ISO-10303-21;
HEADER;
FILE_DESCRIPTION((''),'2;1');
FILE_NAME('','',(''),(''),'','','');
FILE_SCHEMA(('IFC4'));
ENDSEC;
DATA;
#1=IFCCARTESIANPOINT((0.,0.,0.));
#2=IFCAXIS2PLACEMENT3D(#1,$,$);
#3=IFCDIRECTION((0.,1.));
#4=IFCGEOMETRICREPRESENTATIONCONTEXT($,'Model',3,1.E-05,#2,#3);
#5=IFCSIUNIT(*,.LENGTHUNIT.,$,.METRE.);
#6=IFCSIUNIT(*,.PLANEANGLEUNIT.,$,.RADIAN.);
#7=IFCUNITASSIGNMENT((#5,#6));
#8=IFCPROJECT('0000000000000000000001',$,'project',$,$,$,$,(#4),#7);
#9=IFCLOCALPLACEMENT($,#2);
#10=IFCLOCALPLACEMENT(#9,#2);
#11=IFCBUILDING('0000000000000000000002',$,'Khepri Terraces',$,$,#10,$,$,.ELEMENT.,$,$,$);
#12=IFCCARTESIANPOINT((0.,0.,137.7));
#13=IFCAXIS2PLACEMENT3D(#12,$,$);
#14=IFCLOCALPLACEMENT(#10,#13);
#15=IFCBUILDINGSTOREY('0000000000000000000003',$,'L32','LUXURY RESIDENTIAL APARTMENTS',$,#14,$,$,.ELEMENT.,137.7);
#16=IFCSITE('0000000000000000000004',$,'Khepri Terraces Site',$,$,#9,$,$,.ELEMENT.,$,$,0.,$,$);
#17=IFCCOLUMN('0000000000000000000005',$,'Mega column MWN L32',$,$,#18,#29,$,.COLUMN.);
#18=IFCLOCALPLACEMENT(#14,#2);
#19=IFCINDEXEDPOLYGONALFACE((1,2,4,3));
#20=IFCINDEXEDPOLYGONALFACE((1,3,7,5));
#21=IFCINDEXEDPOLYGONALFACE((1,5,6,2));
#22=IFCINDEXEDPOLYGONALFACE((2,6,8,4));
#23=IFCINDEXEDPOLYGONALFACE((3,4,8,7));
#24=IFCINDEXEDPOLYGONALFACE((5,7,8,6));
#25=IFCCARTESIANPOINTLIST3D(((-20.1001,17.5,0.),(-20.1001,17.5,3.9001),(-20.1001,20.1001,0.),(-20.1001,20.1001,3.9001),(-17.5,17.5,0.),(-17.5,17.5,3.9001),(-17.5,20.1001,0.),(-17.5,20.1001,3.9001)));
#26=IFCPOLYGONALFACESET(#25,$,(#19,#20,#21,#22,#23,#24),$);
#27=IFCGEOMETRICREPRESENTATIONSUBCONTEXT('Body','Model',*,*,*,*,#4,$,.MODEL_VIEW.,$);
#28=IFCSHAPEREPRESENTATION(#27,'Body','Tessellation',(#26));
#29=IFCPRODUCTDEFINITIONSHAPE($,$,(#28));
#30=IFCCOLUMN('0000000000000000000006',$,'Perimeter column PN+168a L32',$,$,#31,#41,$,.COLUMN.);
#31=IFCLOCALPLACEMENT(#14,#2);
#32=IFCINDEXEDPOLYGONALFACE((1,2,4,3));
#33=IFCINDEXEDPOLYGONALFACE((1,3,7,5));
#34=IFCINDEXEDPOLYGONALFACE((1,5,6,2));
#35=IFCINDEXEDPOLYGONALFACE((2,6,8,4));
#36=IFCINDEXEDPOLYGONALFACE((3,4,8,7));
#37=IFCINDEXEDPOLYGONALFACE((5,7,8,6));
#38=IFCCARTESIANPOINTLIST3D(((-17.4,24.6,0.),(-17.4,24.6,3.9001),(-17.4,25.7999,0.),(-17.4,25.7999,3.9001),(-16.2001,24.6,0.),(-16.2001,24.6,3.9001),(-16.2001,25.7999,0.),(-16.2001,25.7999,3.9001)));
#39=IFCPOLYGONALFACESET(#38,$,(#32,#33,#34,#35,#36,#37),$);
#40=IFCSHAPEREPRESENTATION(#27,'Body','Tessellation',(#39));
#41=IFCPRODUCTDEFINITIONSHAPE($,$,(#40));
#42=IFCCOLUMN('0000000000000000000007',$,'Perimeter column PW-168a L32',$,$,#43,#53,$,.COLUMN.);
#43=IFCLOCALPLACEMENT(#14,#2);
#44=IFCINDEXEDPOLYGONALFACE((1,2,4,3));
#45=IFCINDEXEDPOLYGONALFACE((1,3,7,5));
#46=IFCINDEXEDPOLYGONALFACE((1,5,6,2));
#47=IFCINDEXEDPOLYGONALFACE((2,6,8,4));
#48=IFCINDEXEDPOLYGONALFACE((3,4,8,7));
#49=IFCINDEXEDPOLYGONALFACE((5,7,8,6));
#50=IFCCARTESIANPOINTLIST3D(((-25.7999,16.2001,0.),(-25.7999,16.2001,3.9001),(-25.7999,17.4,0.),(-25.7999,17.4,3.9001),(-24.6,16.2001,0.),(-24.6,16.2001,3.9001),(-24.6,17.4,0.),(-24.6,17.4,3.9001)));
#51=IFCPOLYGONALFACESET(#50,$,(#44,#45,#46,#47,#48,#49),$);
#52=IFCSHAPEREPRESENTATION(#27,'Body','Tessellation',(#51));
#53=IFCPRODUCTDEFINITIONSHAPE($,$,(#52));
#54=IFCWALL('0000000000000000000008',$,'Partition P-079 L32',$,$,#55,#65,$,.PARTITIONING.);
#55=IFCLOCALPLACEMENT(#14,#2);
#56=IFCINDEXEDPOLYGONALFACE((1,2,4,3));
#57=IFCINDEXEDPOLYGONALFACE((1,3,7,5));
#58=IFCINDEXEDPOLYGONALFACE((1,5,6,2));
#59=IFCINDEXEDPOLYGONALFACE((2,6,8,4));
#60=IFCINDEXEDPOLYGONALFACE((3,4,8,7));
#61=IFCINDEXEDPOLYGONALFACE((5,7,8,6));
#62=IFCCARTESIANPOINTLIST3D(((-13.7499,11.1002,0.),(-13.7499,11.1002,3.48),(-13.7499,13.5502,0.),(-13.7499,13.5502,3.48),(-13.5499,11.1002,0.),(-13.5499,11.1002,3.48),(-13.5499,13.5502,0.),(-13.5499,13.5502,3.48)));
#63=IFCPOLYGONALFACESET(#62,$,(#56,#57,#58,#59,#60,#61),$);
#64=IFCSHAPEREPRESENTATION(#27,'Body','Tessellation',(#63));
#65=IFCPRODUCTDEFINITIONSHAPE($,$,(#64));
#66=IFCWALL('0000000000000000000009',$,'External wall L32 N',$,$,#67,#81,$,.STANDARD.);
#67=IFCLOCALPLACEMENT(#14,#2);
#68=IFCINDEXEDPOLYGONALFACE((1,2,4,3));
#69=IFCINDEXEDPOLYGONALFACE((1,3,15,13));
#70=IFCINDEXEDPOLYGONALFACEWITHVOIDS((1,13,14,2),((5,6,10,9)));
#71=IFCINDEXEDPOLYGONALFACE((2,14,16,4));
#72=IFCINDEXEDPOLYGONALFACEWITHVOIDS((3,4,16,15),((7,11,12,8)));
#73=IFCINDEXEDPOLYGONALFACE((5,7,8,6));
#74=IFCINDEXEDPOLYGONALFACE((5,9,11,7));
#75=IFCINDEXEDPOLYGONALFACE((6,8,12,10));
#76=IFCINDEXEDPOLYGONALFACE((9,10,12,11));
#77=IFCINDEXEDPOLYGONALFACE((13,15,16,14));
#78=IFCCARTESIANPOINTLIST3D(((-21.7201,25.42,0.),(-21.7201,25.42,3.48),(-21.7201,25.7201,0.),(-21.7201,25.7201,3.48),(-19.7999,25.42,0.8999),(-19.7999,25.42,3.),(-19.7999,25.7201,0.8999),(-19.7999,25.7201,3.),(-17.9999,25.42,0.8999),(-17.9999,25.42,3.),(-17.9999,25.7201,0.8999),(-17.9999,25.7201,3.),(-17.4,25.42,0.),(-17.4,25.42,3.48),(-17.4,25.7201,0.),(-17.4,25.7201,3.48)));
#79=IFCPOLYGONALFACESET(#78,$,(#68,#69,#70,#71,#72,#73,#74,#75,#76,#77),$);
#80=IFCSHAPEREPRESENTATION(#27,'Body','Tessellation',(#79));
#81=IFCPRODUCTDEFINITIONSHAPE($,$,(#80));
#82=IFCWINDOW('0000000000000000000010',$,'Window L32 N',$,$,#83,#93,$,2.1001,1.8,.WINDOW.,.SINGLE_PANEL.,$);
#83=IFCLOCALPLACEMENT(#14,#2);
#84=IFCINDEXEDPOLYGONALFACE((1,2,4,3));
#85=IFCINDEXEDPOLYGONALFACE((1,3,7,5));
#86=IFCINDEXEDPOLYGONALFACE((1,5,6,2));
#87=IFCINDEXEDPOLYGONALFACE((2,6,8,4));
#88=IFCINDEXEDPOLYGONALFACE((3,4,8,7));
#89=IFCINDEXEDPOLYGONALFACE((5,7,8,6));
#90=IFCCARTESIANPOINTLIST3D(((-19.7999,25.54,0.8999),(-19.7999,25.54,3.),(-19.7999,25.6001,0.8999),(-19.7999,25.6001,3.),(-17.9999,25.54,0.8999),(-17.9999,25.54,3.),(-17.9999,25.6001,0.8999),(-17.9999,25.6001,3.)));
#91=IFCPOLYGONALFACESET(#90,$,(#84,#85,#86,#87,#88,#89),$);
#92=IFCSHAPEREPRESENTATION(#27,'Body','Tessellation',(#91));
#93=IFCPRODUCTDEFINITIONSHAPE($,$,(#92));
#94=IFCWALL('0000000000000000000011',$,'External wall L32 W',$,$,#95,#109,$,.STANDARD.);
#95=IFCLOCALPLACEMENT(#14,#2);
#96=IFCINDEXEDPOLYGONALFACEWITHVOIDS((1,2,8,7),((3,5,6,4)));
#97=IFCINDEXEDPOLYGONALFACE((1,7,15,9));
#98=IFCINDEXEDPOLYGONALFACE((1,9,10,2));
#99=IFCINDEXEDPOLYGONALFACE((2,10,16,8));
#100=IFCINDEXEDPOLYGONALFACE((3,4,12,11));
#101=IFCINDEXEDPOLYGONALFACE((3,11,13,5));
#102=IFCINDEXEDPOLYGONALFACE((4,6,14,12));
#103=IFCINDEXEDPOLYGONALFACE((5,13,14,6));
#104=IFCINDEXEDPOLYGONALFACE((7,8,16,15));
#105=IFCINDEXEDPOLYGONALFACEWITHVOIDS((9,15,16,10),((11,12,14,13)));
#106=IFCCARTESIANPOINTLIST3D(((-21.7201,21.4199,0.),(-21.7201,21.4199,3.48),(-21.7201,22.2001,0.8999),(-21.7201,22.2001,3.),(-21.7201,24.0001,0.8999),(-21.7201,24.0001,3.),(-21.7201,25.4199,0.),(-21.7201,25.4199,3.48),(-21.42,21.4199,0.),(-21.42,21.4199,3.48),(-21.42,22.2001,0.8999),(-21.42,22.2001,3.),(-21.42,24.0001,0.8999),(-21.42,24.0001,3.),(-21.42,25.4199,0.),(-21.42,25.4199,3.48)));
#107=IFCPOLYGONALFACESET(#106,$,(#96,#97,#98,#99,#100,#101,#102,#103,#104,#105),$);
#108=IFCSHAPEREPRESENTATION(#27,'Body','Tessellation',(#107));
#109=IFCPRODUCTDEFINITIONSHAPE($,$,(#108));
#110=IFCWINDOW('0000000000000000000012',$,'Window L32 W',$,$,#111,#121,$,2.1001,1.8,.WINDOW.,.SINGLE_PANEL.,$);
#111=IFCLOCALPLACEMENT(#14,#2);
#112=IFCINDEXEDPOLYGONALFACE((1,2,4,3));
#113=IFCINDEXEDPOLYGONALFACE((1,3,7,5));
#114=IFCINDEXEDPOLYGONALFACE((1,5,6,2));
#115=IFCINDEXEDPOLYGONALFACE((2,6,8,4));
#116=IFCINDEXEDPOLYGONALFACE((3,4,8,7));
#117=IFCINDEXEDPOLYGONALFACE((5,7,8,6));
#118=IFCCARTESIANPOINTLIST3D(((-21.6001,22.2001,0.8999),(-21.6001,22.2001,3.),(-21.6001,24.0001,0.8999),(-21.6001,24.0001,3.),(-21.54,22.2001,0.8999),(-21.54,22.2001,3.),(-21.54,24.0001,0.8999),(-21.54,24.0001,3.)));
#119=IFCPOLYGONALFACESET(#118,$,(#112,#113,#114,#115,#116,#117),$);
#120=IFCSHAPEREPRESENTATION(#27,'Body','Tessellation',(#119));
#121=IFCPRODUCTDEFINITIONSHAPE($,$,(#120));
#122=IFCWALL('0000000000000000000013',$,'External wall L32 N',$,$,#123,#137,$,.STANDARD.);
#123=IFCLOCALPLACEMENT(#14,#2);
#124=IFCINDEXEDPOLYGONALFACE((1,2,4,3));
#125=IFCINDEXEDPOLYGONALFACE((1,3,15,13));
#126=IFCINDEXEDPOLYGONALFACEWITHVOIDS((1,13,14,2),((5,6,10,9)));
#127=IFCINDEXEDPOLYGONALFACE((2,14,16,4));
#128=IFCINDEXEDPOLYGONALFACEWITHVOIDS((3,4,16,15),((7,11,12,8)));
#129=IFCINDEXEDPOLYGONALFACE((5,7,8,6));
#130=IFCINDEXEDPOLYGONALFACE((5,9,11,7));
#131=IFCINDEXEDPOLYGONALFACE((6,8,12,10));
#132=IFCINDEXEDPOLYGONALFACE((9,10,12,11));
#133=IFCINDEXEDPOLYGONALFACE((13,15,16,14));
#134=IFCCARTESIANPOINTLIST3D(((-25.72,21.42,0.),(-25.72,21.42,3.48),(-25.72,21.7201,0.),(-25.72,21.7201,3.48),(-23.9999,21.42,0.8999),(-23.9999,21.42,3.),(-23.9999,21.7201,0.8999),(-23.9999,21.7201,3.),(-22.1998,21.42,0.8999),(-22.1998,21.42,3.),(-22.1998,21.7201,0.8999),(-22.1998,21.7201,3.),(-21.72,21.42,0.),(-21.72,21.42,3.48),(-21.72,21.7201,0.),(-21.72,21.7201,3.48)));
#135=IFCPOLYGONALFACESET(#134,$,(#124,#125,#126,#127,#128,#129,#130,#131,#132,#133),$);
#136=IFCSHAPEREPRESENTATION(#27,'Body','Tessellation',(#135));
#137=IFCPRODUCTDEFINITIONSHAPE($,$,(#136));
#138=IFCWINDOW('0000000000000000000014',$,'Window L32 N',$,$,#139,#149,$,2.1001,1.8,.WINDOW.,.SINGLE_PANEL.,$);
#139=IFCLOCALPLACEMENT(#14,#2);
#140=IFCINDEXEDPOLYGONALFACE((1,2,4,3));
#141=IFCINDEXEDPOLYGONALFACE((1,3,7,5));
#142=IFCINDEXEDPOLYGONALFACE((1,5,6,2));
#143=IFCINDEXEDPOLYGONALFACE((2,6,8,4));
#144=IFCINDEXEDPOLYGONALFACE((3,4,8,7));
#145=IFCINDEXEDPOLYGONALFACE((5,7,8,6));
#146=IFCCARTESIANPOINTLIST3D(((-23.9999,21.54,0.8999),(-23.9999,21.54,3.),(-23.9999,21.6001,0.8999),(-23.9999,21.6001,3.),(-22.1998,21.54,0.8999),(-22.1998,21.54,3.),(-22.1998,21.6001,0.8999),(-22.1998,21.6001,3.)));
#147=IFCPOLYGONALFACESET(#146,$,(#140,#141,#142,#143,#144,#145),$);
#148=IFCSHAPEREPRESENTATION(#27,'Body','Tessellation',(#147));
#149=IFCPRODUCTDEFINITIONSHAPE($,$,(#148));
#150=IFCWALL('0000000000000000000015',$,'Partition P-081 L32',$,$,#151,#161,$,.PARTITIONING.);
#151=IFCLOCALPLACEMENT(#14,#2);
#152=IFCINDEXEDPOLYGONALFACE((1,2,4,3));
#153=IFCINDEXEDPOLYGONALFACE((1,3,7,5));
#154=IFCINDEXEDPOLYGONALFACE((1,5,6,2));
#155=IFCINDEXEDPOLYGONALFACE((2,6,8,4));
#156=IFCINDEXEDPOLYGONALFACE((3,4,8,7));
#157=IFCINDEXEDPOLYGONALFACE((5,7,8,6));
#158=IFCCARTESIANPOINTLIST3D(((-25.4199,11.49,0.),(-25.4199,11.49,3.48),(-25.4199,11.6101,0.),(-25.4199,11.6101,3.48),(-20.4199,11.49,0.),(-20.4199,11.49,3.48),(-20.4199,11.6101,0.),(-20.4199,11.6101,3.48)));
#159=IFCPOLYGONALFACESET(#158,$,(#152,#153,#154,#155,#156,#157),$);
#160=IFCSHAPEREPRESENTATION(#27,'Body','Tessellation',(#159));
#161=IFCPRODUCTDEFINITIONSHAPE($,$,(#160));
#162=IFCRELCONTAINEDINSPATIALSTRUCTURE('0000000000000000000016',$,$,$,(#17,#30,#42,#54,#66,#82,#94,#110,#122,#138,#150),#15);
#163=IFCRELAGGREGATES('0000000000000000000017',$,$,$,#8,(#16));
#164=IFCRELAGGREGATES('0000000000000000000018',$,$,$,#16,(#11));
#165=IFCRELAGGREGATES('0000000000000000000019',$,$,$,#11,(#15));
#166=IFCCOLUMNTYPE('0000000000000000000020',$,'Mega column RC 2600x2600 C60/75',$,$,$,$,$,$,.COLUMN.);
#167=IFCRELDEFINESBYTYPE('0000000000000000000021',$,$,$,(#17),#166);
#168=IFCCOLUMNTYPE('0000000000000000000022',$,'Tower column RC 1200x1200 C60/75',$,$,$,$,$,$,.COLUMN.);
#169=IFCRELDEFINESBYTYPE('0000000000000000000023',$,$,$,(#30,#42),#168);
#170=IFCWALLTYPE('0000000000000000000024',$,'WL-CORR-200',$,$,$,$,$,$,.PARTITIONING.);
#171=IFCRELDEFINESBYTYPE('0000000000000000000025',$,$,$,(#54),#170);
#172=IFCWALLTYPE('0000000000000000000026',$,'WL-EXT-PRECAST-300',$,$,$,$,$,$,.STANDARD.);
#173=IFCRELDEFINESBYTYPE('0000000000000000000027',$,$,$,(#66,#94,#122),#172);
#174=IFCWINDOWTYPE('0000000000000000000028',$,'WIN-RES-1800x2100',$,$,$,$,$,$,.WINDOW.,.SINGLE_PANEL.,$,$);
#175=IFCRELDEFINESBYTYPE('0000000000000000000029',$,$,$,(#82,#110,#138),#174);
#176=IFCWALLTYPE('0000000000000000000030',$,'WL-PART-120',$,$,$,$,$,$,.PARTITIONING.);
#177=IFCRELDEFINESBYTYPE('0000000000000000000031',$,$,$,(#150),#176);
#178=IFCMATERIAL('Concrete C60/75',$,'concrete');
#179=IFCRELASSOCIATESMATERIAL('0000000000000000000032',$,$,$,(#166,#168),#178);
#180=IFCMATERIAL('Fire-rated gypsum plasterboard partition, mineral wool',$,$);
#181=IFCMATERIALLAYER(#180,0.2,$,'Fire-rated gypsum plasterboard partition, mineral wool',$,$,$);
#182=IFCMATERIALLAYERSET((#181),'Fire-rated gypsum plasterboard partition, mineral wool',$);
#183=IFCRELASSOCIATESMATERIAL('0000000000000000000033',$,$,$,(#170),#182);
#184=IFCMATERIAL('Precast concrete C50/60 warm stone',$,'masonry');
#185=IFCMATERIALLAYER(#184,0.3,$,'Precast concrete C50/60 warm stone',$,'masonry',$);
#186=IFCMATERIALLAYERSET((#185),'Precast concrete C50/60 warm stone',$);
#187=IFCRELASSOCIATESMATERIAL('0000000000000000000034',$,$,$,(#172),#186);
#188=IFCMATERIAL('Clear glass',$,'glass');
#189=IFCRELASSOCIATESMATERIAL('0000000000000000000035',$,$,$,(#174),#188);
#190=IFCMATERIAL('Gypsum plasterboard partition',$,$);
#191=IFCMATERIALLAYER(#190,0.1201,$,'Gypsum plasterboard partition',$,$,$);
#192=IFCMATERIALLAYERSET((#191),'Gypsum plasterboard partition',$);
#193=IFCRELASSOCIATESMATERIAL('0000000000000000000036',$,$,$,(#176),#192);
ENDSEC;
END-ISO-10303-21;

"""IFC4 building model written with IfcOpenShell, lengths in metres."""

from ifc_helpers import new_model, si_unit, direction, frame, frame_2d, origin, origin_2d, place, context, subcontext, project, spatial, rectangle, extrude, material, layer, layer_set, material_profile, profile_set, type_object, element, fill, save


model = new_model("IFC4")

# Units and contexts
model_context = context("Model", 3, precision=1e-05, world=origin(), true_north=direction((0.0, 1.0)))
body_context = subcontext(model_context, "Body", "Model", "MODEL_VIEW")
ifc_project = project(units=[si_unit("LENGTHUNIT", "METRE"), si_unit("PLANEANGLEUNIT", "RADIAN")], contexts=[model_context])

# Site, building, storey
site_placement = place(None, origin())
site = spatial("IfcSite", under=ifc_project, at=site_placement, Name="Khepri Terraces Site", CompositionType="ELEMENT", RefElevation=0.0)
building_placement = place(site_placement, origin())
building = spatial("IfcBuilding", under=site, at=building_placement, Name="Khepri Terraces", CompositionType="ELEMENT")
storey_placement = place(building_placement, frame((0.0, 0.0, 137.7)))
storey = spatial("IfcBuildingStorey", under=building, at=storey_placement, Name="L32", Description="LUXURY RESIDENTIAL APARTMENTS", CompositionType="ELEMENT", Elevation=137.7)

# Columns
ifc_material_1 = material(Name="Concrete C60/75", Category="concrete")
ifc_material_profile_1 = material_profile(ifc_material_1, rectangle(XDim=2.6001, YDim=2.6001, at=origin_2d()), Name="Concrete C60/75", Category="concrete")
ifc_profile_set_1 = profile_set([ifc_material_profile_1], Name="Concrete C60/75")
column_type_1 = type_object("IfcColumnType", Name="Mega column RC 2600x2600 C60/75", PredefinedType="COLUMN", material=ifc_profile_set_1)
column_placement = place(storey_placement, frame((-18.8, 18.8, 0.0), z_axis=(0.0, 0.0, 1.0), x_axis=(1.0, 0.0, 0.0)))
element("IfcColumn", 1, at=column_placement, inside=storey, type_object=column_type_1, Name="Mega column MWN L32", PredefinedType="COLUMN", context=body_context, shape_type="SweptSolid", body=[
    extrude(rectangle(XDim=2.6001, YDim=2.6001, at=origin_2d()), origin(), (0.0, 0.0, 1.0), 3.9001),
])
ifc_material_profile_2 = material_profile(ifc_material_1, rectangle(XDim=1.2, YDim=1.2, at=origin_2d()), Name="Concrete C60/75", Category="concrete")
ifc_profile_set_2 = profile_set([ifc_material_profile_2], Name="Concrete C60/75")
column_type_2 = type_object("IfcColumnType", Name="Tower column RC 1200x1200 C60/75", PredefinedType="COLUMN", material=ifc_profile_set_2)
for number, where, z_axis, x_axis, name in (
    (2, (-16.8, 25.2, 0.0), (0.0, 0.0, 1.0), (1.0, 0.0, 0.0), "Perimeter column PN+168a L32"),
    (3, (-25.2, 16.8, 0.0), (0.0, 0.0, 1.0), (1.0, 0.0, 0.0), "Perimeter column PW-168a L32"),
):
    element("IfcColumn", number, at=place(storey_placement, frame(where, z_axis=z_axis, x_axis=x_axis)), inside=storey, type_object=column_type_2, Name=name, PredefinedType="COLUMN", context=body_context, shape_type="SweptSolid", body=[
        extrude(rectangle(XDim=1.2, YDim=1.2, at=origin_2d()), origin(), (0.0, 0.0, 1.0), 3.9001),
    ])

# Wall
ifc_material_2 = material(Name="Fire-rated gypsum plasterboard partition, mineral wool")
ifc_layer_1 = layer(ifc_material_2, 0.2, Name="Fire-rated gypsum plasterboard partition, mineral wool")
ifc_layer_set_1 = layer_set([ifc_layer_1], Name="Fire-rated gypsum plasterboard partition, mineral wool")
wall_type_1 = type_object("IfcWallType", Name="WL-CORR-200", PredefinedType="PARTITIONING", material=ifc_layer_set_1)
wall_1_placement = place(storey_placement, frame((-13.6499, 11.1001, 0.0), z_axis=(0.0, 0.0, 1.0), x_axis=(0.0, 1.0, 0.0)))
element("IfcWall", 4, at=wall_1_placement, inside=storey, type_object=wall_type_1, Name="Partition P-079 L32", PredefinedType="PARTITIONING", context=body_context, shape_type="SweptSolid", body=[
    extrude(rectangle(XDim=2.45, YDim=0.2, at=frame_2d((1.2251, 0.0))), origin(), (0.0, 0.0, 1.0), 3.48),
])

# Walls, openings, windows
ifc_material_3 = material(Name="Precast concrete C50/60 warm stone", Category="masonry")
ifc_layer_2 = layer(ifc_material_3, 0.3, Name="Precast concrete C50/60 warm stone", Category="masonry")
ifc_layer_set_2 = layer_set([ifc_layer_2], Name="Precast concrete C50/60 warm stone")
wall_type_2 = type_object("IfcWallType", Name="WL-EXT-PRECAST-300", PredefinedType="STANDARD", material=ifc_layer_set_2)
wall_2_placement = place(storey_placement, frame((-17.3999, 25.5701, 0.0), z_axis=(0.0, 0.0, 1.0), x_axis=(-1.0, 0.0, 0.0)))
wall_2 = element("IfcWall", 5, at=wall_2_placement, inside=storey, type_object=wall_type_2, Name="External wall L32 N", PredefinedType="STANDARD", context=body_context, shape_type="SweptSolid", body=[
    extrude(rectangle(XDim=4.3201, YDim=0.3, at=frame_2d((2.1602, 0.0))), origin(), (0.0, 0.0, 1.0), 3.48),
])
opening_1_placement = place(wall_2_placement, frame((0.6001, 0.0, 0.8999)))
opening_1 = element("IfcOpeningElement", 6, at=opening_1_placement, cuts=wall_2, PredefinedType="OPENING", context=body_context, shape_type="SweptSolid", body=[
    extrude(rectangle(XDim=1.8, YDim=2.1001, at=frame_2d((0.8999, 1.05))), frame((0.0, 0.1602, 0.0), z_axis=(0.0, -1.0, 0.0), x_axis=(1.0, 0.0, 0.0)), (0.0, 0.0, 1.0), 0.3201),
])
ifc_material_4 = material(Name="Clear glass", Category="glass")
window_type = type_object("IfcWindowType", Name="WIN-RES-1800x2100", PartitioningType="SINGLE_PANEL", PredefinedType="WINDOW", material=ifc_material_4)
window_1_placement = place(opening_1_placement, origin())
window_1 = element("IfcWindow", 7, at=window_1_placement, inside=storey, type_object=window_type, Name="Window L32 N", OverallHeight=2.1001, OverallWidth=1.8, PartitioningType="SINGLE_PANEL", PredefinedType="WINDOW", context=body_context, shape_type="SweptSolid", body=[
    extrude(rectangle(XDim=1.8, YDim=2.1001, at=frame_2d((0.8999, 1.05))), frame((0.0, 0.03, 0.0), z_axis=(0.0, -1.0, 0.0), x_axis=(1.0, 0.0, 0.0)), (0.0, 0.0, 1.0), 0.0601),
])
fill(opening_1, window_1)
wall_3_placement = place(storey_placement, frame((-21.5701, 25.4199, 0.0), z_axis=(0.0, 0.0, 1.0), x_axis=(0.0, -1.0, 0.0)))
wall_3 = element("IfcWall", 8, at=wall_3_placement, inside=storey, type_object=wall_type_2, Name="External wall L32 W", PredefinedType="STANDARD", context=body_context, shape_type="SweptSolid", body=[
    extrude(rectangle(XDim=4.0, YDim=0.3, at=frame_2d((2.0, 0.0))), origin(), (0.0, 0.0, 1.0), 3.48),
])
opening_2_placement = place(wall_3_placement, frame((1.4199, 0.0, 0.8999)))
opening_2 = element("IfcOpeningElement", 9, at=opening_2_placement, cuts=wall_3, PredefinedType="OPENING", context=body_context, shape_type="SweptSolid", body=[
    extrude(rectangle(XDim=1.8, YDim=2.1001, at=frame_2d((0.8999, 1.05))), frame((0.0, 0.1602, 0.0), z_axis=(0.0, -1.0, 0.0), x_axis=(1.0, 0.0, 0.0)), (0.0, 0.0, 1.0), 0.3201),
])
window_2_placement = place(opening_2_placement, origin())
window_2 = element("IfcWindow", 10, at=window_2_placement, inside=storey, type_object=window_type, Name="Window L32 W", OverallHeight=2.1001, OverallWidth=1.8, PartitioningType="SINGLE_PANEL", PredefinedType="WINDOW", context=body_context, shape_type="SweptSolid", body=[
    extrude(rectangle(XDim=1.8, YDim=2.1001, at=frame_2d((0.8999, 1.05))), frame((0.0, 0.03, 0.0), z_axis=(0.0, -1.0, 0.0), x_axis=(1.0, 0.0, 0.0)), (0.0, 0.0, 1.0), 0.0601),
])
fill(opening_2, window_2)
wall_4_placement = place(storey_placement, frame((-21.72, 21.5701, 0.0), z_axis=(0.0, 0.0, 1.0), x_axis=(-1.0, 0.0, 0.0)))
wall_4 = element("IfcWall", 11, at=wall_4_placement, inside=storey, type_object=wall_type_2, Name="External wall L32 N", PredefinedType="STANDARD", context=body_context, shape_type="SweptSolid", body=[
    extrude(rectangle(XDim=4.0, YDim=0.3, at=frame_2d((2.0, 0.0))), origin(), (0.0, 0.0, 1.0), 3.48),
])
opening_3_placement = place(wall_4_placement, frame((0.48, 0.0, 0.8999)))
opening_3 = element("IfcOpeningElement", 12, at=opening_3_placement, cuts=wall_4, PredefinedType="OPENING", context=body_context, shape_type="SweptSolid", body=[
    extrude(rectangle(XDim=1.8, YDim=2.1001, at=frame_2d((0.8999, 1.05))), frame((0.0, 0.1602, 0.0), z_axis=(0.0, -1.0, 0.0), x_axis=(1.0, 0.0, 0.0)), (0.0, 0.0, 1.0), 0.3201),
])
window_3_placement = place(opening_3_placement, origin())
window_3 = element("IfcWindow", 13, at=window_3_placement, inside=storey, type_object=window_type, Name="Window L32 N", OverallHeight=2.1001, OverallWidth=1.8, PartitioningType="SINGLE_PANEL", PredefinedType="WINDOW", context=body_context, shape_type="SweptSolid", body=[
    extrude(rectangle(XDim=1.8, YDim=2.1001, at=frame_2d((0.8999, 1.05))), frame((0.0, 0.03, 0.0), z_axis=(0.0, -1.0, 0.0), x_axis=(1.0, 0.0, 0.0)), (0.0, 0.0, 1.0), 0.0601),
])
fill(opening_3, window_3)

# Wall
ifc_material_5 = material(Name="Gypsum plasterboard partition")
ifc_layer_3 = layer(ifc_material_5, 0.1201, Name="Gypsum plasterboard partition")
ifc_layer_set_3 = layer_set([ifc_layer_3], Name="Gypsum plasterboard partition")
wall_type_3 = type_object("IfcWallType", Name="WL-PART-120", PredefinedType="PARTITIONING", material=ifc_layer_set_3)
wall_5_placement = place(storey_placement, frame((-25.4199, 11.55, 0.0), z_axis=(0.0, 0.0, 1.0), x_axis=(1.0, 0.0, 0.0)))
element("IfcWall", 14, at=wall_5_placement, inside=storey, type_object=wall_type_3, Name="Partition P-081 L32", PredefinedType="PARTITIONING", context=body_context, shape_type="SweptSolid", body=[
    extrude(rectangle(XDim=5.0, YDim=0.1201, at=frame_2d((2.5, 0.0))), origin(), (0.0, 0.0, 1.0), 3.48),
])

save(model, "model.ifc")
